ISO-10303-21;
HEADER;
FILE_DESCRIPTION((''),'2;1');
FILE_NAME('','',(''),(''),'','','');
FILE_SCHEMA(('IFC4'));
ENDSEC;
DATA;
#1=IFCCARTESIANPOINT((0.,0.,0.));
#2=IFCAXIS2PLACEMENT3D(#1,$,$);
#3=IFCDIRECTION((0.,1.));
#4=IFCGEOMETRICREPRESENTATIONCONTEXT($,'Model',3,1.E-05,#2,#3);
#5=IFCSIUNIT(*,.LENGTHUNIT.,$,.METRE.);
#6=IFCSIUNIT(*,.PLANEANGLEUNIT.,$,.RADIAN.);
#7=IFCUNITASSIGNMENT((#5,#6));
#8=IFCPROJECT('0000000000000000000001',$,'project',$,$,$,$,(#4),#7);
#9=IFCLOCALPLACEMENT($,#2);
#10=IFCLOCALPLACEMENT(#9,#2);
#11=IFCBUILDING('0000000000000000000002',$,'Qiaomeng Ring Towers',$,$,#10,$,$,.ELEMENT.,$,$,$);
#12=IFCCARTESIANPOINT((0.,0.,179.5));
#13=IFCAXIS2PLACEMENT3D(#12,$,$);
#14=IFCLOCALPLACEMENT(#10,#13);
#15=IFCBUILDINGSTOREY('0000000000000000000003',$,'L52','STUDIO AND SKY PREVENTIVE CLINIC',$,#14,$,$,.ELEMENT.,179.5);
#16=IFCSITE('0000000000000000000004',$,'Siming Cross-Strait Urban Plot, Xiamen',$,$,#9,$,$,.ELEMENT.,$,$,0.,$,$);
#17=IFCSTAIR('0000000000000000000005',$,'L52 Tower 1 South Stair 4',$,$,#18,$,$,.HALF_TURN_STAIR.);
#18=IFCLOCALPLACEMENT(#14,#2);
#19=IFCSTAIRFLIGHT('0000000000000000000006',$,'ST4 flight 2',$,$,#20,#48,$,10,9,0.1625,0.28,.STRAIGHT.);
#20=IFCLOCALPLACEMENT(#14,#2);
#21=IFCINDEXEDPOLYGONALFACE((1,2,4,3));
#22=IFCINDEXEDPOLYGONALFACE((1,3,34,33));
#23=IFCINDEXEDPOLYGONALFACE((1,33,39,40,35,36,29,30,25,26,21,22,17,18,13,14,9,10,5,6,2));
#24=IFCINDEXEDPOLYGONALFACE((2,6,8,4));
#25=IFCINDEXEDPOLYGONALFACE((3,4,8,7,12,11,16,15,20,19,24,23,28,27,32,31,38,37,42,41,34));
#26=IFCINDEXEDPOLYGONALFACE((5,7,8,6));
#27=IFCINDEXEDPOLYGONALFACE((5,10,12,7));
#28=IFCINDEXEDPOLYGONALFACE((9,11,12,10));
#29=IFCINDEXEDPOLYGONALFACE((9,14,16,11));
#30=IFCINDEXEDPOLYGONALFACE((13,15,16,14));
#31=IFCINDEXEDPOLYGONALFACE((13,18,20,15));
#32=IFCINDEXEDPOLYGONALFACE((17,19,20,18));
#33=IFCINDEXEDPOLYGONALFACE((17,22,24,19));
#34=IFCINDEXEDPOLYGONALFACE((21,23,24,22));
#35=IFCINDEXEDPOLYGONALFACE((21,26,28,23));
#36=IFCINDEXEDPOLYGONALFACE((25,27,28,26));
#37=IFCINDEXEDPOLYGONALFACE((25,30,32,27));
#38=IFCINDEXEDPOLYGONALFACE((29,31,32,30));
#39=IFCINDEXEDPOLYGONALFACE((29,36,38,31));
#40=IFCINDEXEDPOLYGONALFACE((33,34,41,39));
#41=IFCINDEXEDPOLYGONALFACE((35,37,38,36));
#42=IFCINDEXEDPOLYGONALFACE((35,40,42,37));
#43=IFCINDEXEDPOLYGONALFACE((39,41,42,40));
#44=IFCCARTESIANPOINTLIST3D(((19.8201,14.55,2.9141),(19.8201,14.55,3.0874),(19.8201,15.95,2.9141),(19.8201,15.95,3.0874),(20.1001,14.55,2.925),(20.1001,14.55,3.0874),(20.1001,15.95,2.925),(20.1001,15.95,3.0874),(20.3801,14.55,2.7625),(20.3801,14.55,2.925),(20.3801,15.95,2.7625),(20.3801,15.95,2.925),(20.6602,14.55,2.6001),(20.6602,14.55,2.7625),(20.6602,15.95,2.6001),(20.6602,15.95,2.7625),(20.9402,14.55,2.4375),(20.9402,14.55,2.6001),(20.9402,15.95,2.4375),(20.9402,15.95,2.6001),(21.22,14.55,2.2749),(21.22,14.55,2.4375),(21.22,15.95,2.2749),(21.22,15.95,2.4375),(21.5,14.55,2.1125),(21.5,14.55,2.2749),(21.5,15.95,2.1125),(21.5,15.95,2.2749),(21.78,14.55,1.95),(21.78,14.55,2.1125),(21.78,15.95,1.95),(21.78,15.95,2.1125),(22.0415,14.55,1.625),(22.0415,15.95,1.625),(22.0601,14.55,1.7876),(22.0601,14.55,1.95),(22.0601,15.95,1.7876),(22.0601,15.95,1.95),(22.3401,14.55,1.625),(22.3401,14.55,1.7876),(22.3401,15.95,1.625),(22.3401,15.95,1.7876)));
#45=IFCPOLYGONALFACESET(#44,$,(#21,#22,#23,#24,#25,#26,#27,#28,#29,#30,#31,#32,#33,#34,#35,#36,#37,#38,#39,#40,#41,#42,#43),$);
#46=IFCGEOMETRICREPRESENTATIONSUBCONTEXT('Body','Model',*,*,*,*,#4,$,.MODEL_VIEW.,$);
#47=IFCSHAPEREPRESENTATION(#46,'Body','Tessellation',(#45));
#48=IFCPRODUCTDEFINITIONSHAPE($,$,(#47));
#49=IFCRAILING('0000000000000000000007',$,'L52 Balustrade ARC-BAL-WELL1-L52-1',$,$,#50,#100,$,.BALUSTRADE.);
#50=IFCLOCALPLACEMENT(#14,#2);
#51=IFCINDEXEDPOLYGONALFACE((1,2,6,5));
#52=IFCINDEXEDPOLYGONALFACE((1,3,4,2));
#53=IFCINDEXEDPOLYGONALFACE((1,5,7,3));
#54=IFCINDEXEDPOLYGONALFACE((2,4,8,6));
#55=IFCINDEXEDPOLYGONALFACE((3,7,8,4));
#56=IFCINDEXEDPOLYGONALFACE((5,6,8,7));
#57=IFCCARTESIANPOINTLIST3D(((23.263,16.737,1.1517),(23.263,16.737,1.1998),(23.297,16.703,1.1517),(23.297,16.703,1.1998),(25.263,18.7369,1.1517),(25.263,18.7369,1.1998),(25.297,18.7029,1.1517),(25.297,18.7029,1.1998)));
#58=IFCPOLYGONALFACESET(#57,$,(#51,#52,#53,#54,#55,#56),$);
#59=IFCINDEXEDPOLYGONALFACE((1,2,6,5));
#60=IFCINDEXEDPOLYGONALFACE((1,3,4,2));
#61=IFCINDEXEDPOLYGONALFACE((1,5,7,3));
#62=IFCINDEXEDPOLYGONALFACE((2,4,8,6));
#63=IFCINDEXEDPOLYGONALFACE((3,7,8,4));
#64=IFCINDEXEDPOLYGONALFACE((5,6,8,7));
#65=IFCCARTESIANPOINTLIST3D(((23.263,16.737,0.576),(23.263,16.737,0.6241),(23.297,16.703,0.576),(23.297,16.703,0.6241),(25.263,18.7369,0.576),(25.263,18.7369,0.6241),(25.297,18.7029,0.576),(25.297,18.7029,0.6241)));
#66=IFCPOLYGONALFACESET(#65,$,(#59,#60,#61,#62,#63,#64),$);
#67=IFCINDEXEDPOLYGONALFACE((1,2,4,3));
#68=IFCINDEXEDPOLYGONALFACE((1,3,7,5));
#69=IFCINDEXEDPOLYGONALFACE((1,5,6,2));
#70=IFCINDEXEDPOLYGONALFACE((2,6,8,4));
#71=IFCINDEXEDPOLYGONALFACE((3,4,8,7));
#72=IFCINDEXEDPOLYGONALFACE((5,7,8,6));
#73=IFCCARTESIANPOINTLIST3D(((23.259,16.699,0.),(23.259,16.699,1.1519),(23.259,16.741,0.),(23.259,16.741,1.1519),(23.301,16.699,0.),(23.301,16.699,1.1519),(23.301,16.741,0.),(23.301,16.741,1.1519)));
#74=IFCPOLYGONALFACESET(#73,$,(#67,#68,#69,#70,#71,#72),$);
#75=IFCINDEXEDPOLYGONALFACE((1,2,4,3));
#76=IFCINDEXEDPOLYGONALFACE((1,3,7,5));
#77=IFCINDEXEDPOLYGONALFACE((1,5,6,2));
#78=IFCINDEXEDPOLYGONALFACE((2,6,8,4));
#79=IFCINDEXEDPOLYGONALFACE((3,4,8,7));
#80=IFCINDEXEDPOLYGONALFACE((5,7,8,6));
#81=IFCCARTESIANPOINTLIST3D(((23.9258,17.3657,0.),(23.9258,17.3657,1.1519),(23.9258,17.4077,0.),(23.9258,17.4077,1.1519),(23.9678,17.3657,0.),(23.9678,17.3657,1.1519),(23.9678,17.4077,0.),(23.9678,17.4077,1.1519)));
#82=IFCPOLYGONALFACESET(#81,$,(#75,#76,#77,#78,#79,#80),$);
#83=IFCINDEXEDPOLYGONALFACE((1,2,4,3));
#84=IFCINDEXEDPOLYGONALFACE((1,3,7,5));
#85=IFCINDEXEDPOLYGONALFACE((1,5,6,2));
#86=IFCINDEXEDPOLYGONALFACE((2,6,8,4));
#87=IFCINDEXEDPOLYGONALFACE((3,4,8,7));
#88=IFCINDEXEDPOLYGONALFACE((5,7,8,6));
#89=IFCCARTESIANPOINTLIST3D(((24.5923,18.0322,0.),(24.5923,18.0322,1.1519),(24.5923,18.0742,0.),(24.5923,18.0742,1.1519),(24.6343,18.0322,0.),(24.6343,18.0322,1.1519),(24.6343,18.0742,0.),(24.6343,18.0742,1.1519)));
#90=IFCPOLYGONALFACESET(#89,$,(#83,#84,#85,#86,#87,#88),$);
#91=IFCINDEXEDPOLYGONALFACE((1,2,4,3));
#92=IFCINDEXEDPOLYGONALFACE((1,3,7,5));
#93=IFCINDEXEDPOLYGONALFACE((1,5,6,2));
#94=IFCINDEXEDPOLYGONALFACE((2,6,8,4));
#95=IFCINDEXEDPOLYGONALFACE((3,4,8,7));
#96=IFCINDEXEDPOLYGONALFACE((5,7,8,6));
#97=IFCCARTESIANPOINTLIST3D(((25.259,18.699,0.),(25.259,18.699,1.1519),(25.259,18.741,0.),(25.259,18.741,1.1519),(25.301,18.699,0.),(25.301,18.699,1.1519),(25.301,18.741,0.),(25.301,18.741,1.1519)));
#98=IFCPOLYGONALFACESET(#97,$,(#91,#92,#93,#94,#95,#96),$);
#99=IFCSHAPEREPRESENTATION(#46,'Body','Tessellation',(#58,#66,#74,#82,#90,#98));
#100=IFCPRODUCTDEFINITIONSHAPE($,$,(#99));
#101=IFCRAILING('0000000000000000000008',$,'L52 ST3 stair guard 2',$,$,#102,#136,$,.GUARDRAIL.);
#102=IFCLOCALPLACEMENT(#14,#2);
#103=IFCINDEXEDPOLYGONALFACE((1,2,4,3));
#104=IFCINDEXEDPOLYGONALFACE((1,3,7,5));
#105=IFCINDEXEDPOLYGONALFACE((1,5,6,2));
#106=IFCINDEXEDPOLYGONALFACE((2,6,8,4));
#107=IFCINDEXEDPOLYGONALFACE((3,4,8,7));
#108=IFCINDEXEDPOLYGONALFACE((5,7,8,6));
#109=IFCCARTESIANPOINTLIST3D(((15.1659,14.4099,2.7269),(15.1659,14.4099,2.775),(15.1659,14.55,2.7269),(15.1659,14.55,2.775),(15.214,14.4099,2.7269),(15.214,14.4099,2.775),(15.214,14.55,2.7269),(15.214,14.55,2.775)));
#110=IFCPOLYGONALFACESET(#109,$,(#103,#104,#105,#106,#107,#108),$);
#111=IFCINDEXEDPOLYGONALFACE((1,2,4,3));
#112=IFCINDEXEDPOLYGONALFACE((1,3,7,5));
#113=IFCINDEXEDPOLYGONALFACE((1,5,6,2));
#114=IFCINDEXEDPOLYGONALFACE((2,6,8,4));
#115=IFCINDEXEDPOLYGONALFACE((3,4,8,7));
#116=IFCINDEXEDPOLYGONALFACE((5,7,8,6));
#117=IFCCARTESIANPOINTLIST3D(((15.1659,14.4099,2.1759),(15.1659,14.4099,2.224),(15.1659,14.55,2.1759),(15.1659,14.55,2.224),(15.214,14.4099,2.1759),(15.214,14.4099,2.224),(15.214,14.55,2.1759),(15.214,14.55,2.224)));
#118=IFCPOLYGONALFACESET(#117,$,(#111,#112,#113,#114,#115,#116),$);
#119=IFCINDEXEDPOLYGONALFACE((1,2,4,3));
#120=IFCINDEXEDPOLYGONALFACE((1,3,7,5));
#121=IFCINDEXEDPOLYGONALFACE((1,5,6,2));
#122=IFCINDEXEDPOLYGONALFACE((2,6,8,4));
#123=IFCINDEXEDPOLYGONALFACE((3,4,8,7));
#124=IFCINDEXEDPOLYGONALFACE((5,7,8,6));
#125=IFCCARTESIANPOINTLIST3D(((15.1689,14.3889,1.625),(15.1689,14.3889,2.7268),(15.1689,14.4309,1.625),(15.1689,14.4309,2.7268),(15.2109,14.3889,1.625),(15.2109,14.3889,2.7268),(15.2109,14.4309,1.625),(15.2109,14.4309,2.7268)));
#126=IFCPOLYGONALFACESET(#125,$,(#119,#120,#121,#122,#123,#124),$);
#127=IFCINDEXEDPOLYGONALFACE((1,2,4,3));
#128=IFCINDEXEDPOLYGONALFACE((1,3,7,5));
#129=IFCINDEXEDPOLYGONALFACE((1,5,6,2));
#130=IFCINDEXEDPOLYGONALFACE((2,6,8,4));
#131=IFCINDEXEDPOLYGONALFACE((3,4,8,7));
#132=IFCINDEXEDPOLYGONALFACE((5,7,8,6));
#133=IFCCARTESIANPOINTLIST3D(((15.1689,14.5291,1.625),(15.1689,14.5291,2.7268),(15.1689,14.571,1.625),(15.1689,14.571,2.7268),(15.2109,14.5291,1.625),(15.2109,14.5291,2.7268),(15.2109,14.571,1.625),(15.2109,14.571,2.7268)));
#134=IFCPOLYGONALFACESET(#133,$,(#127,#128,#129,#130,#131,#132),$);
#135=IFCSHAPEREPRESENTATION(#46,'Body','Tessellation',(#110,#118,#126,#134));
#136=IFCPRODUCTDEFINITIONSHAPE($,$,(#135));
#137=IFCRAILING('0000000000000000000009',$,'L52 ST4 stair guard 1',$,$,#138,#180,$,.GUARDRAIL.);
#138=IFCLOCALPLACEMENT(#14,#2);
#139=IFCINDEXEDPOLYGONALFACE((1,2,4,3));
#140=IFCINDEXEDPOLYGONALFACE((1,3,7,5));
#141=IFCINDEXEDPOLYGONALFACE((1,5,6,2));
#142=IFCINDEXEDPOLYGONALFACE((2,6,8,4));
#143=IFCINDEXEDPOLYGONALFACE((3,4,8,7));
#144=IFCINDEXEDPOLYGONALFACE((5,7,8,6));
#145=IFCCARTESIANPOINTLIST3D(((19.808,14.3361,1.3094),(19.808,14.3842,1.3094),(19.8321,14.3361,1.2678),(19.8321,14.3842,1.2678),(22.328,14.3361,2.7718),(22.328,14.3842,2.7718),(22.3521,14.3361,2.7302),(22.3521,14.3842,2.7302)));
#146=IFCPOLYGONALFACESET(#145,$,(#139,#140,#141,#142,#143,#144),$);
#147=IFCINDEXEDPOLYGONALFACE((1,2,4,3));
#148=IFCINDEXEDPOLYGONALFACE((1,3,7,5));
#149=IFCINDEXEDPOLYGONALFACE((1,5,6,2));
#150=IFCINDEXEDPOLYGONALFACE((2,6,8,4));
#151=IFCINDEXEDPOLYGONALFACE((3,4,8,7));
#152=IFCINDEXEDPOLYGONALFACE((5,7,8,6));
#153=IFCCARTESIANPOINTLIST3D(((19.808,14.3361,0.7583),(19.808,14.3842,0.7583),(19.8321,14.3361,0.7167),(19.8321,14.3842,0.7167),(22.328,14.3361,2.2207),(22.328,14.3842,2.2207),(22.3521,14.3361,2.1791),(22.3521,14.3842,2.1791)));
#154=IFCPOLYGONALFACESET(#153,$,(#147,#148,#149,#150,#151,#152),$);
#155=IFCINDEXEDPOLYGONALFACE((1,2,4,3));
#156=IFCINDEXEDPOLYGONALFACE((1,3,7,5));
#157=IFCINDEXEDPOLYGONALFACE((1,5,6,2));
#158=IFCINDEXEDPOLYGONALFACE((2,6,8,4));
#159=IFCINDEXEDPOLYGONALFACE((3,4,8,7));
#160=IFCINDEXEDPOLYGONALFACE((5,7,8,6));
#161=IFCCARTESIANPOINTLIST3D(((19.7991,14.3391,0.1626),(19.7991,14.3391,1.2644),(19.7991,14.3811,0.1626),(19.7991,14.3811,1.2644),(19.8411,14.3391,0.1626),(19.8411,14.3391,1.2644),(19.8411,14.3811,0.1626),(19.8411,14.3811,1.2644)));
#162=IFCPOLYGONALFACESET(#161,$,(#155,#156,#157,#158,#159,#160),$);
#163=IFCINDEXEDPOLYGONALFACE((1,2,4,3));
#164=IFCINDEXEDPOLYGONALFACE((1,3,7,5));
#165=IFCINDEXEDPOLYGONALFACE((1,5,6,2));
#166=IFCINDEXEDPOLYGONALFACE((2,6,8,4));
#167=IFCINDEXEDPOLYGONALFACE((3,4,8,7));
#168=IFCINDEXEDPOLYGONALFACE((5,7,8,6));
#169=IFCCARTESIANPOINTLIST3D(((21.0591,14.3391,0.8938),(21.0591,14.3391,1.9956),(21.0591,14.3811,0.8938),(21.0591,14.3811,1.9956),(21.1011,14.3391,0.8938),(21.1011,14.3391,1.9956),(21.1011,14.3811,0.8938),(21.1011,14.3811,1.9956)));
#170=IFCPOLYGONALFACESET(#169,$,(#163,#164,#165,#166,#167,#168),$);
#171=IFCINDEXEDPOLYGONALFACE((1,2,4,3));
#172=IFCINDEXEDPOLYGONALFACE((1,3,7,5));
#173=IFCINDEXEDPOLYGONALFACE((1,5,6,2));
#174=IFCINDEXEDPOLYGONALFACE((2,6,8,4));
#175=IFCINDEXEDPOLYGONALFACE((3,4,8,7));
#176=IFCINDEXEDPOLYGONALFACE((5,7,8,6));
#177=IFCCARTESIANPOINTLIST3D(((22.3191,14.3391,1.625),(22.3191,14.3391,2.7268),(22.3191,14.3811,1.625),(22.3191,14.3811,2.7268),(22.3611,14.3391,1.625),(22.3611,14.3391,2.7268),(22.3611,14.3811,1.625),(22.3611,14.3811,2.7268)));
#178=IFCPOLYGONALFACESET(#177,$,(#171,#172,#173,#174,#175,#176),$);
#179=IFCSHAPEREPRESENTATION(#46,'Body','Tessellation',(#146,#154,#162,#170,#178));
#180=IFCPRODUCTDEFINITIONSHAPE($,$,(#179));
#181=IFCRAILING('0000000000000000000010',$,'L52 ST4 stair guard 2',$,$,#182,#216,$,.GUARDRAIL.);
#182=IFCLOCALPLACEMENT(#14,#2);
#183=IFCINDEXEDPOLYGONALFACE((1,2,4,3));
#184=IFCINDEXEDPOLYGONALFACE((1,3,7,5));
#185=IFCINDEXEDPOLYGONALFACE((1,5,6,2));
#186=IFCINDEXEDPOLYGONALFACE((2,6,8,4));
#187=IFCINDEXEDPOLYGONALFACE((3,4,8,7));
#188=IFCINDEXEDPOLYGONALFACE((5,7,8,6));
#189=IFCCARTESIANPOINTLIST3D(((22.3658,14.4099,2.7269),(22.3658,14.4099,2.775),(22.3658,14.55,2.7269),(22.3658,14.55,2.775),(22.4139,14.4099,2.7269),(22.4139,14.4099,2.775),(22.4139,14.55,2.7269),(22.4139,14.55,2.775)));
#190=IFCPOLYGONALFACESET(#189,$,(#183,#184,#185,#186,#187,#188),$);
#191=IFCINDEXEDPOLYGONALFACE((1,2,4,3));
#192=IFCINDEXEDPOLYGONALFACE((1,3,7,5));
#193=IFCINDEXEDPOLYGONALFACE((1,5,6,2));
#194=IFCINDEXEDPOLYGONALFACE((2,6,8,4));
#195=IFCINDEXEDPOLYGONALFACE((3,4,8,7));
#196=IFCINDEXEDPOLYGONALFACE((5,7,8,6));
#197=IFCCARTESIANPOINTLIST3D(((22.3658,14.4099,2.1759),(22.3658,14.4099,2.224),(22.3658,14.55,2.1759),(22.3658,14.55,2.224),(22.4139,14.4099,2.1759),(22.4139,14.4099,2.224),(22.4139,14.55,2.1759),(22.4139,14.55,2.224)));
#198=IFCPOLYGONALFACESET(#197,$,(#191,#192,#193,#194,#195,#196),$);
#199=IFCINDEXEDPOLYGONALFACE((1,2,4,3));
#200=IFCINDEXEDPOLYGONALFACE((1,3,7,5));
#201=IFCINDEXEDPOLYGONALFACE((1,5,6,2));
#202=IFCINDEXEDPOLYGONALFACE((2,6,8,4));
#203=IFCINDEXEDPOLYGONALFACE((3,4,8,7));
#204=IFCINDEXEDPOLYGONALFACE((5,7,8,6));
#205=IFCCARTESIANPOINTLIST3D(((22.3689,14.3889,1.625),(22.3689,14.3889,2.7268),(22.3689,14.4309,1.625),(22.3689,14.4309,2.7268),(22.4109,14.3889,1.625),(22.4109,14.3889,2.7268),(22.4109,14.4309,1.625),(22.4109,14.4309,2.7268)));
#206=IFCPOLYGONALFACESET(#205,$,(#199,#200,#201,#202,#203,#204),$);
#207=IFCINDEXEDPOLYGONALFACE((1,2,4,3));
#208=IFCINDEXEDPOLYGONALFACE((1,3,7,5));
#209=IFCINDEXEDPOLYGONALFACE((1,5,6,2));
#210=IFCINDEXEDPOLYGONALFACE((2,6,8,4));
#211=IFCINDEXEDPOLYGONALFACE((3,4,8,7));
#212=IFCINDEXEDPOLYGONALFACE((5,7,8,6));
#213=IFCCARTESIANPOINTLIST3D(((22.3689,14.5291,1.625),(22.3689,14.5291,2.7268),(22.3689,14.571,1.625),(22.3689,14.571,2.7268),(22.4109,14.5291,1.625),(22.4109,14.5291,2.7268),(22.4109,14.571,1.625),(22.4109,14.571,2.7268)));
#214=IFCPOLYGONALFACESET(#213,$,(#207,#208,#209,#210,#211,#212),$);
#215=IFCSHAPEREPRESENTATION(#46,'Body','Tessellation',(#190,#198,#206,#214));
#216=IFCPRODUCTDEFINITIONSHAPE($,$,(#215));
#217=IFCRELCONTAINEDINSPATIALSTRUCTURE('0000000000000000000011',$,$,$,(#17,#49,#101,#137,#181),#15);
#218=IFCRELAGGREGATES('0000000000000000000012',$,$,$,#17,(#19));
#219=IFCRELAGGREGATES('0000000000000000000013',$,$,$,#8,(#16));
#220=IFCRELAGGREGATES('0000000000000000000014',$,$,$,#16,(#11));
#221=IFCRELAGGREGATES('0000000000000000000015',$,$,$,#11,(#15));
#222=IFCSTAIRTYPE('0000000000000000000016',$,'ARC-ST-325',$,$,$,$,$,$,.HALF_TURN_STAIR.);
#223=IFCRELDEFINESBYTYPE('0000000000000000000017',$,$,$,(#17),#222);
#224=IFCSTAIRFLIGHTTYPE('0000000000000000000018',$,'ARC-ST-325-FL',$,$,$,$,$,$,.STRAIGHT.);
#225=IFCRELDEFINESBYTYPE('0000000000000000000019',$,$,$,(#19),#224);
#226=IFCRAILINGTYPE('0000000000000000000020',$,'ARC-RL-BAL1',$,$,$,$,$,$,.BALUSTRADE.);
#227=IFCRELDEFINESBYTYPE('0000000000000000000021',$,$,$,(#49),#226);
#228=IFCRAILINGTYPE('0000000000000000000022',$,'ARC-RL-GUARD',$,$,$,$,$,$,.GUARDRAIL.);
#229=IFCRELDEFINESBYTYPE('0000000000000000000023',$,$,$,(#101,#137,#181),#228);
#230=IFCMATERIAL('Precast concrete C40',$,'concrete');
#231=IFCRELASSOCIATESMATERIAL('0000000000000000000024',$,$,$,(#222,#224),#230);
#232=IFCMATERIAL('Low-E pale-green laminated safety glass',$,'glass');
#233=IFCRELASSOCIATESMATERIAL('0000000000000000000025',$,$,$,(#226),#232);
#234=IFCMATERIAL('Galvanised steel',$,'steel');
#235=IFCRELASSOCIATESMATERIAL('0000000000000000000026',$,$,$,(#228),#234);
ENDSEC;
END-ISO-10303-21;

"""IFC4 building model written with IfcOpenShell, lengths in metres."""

from ifc_helpers import new_model, si_unit, direction, frame, origin, origin_2d, place, context, subcontext, project, spatial, polyline, rectangle, outline, extrude, source, transform, mapped, material, type_object, element, aggregate, save


model = new_model("IFC4")

# Units and contexts
model_context = context("Model", 3, precision=1e-05, world=origin(), true_north=direction((0.0, 1.0)))
body_context = subcontext(model_context, "Body", "Model", "MODEL_VIEW")
ifc_project = project(units=[si_unit("LENGTHUNIT", "METRE"), si_unit("PLANEANGLEUNIT", "RADIAN")], contexts=[model_context])

# Site, building, storey
site_placement = place(None, origin())
site = spatial("IfcSite", under=ifc_project, at=site_placement, Name="Siming Cross-Strait Urban Plot, Xiamen", CompositionType="ELEMENT", RefElevation=0.0)
building_placement = place(site_placement, origin())
building = spatial("IfcBuilding", under=site, at=building_placement, Name="Qiaomeng Ring Towers", CompositionType="ELEMENT")
storey_placement = place(building_placement, frame((0.0, 0.0, 179.5)))
storey = spatial("IfcBuildingStorey", under=building, at=storey_placement, Name="L52", Description="STUDIO AND SKY PREVENTIVE CLINIC", CompositionType="ELEMENT", Elevation=179.5)

# Shared definitions
ifc_material_1 = material(Name="Galvanised steel", Category="steel")

# Stair, stair flight
ifc_material_2 = material(Name="Precast concrete C40", Category="concrete")
stair_type = type_object("IfcStairType", Name="ARC-ST-325", PredefinedType="HALF_TURN_STAIR", material=ifc_material_2)
stair_placement = place(storey_placement, origin())
stair = element("IfcStair", 1, at=stair_placement, inside=storey, type_object=stair_type, Name="L52 Tower 1 South Stair 4", PredefinedType="HALF_TURN_STAIR")
stair_flight_type = type_object("IfcStairFlightType", Name="ARC-ST-325-FL", PredefinedType="STRAIGHT", material=ifc_material_2)
shared_shape_1 = source(origin(), body_context, "Body", "SweptSolid", [
    extrude(outline(polyline([(0.0, 0.0), (0.0, 0.1626), (0.28, 0.1626), (0.28, 0.325), (0.5601, 0.325), (0.5601, 0.4875), (0.8401, 0.4875), (0.8401, 0.6499), (1.1201, 0.6499), (1.1201, 0.8125), (1.3999, 0.8125), (1.3999, 0.9751), (1.6799, 0.9751), (1.6799, 1.1375), (1.96, 1.1375), (1.96, 1.3), (2.24, 1.3), (2.24, 1.4624), (2.52, 1.4624), (2.52, 1.625), (2.52, 1.2891), (0.2986, 0.0), (0.0, 0.0)])), frame((0.0, 0.7, 0.0), z_axis=(0.0, -1.0, 0.0), x_axis=(1.0, 0.0, 0.0)), (0.0, 0.0, 1.0), 1.3999),
])
stair_flight_1_placement = place(storey_placement, frame((22.3401, 15.25, 1.625), z_axis=(0.0, 0.0, 1.0), x_axis=(-1.0, 0.0, 0.0)))
stair_flight_1 = element("IfcStairFlight", 2, at=stair_flight_1_placement, type_object=stair_flight_type, Name="ST4 flight 2", NumberOfRisers=10, NumberOfTreads=9, PredefinedType="STRAIGHT", RiserHeight=0.1625, TreadLength=0.28, context=body_context, shape_type="MappedRepresentation", body=[
    mapped(shared_shape_1, transform((0.0, 0.0, 0.0), x_axis=(1.0, 0.0, 0.0), y_axis=(0.0, 1.0, 0.0), z_axis=(0.0, 0.0, 1.0), scale=1.0)),
])
aggregate(stair, [stair_flight_1])

# Railings
ifc_material_3 = material(Name="Low-E pale-green laminated safety glass", Category="glass")
railing_type_1 = type_object("IfcRailingType", Name="ARC-RL-BAL1", PredefinedType="BALUSTRADE", material=ifc_material_3)
railing_1_placement = place(storey_placement, frame((23.28, 16.72, 0.0)))
element("IfcRailing", 3, at=railing_1_placement, inside=storey, type_object=railing_type_1, Name="L52 Balustrade ARC-BAL-WELL1-L52-1", PredefinedType="BALUSTRADE", context=body_context, shape_type="SweptSolid", body=[
    extrude(rectangle(XDim=0.0481, YDim=0.0481, at=origin_2d()), frame((0.0, 0.0, 1.1758), z_axis=(0.707107, 0.707107, 0.0), x_axis=(-0.707107, 0.707107, 0.0)), (0.0, 0.0, 1.0), 2.8284),
    extrude(rectangle(XDim=0.0481, YDim=0.0481, at=origin_2d()), frame((0.0, 0.0, 0.6001), z_axis=(0.707107, 0.707107, 0.0), x_axis=(-0.707107, 0.707107, 0.0)), (0.0, 0.0, 1.0), 2.8284),
    extrude(rectangle(XDim=0.042, YDim=0.042, at=origin_2d()), origin(), (0.0, 0.0, 1.0), 1.1519),
    extrude(rectangle(XDim=0.042, YDim=0.042, at=origin_2d()), frame((0.6667, 0.6667, 0.0)), (0.0, 0.0, 1.0), 1.1519),
    extrude(rectangle(XDim=0.042, YDim=0.042, at=origin_2d()), frame((1.3333, 1.3333, 0.0)), (0.0, 0.0, 1.0), 1.1519),
    extrude(rectangle(XDim=0.042, YDim=0.042, at=origin_2d()), frame((2.0, 2.0, 0.0)), (0.0, 0.0, 1.0), 1.1519),
])
railing_type_2 = type_object("IfcRailingType", Name="ARC-RL-GUARD", PredefinedType="GUARDRAIL", material=ifc_material_1)
railing_2_placement = place(storey_placement, frame((15.1899, 14.4099, 1.625)))
element("IfcRailing", 4, at=railing_2_placement, inside=storey, type_object=railing_type_2, Name="L52 ST3 stair guard 2", PredefinedType="GUARDRAIL", context=body_context, shape_type="SweptSolid", body=[
    extrude(rectangle(XDim=0.0481, YDim=0.0481, at=origin_2d()), frame((0.0, 0.0, 1.126), z_axis=(0.0, 1.0, 0.0), x_axis=(-1.0, 0.0, 0.0)), (0.0, 0.0, 1.0), 0.1401),
    extrude(rectangle(XDim=0.0481, YDim=0.0481, at=origin_2d()), frame((0.0, 0.0, 0.575), z_axis=(0.0, 1.0, 0.0), x_axis=(-1.0, 0.0, 0.0)), (0.0, 0.0, 1.0), 0.1401),
    extrude(rectangle(XDim=0.042, YDim=0.042, at=origin_2d()), origin(), (0.0, 0.0, 1.0), 1.1018),
    extrude(rectangle(XDim=0.042, YDim=0.042, at=origin_2d()), frame((0.0, 0.1401, 0.0)), (0.0, 0.0, 1.0), 1.1018),
])
railing_3_placement = place(storey_placement, frame((19.8201, 14.3601, 0.1626)))
element("IfcRailing", 5, at=railing_3_placement, inside=storey, type_object=railing_type_2, Name="L52 ST4 stair guard 1", PredefinedType="GUARDRAIL", context=body_context, shape_type="SweptSolid", body=[
    extrude(rectangle(XDim=0.0481, YDim=0.0481, at=origin_2d()), frame((0.0, 0.0, 1.126), z_axis=(0.864913, 0.0, 0.501921), x_axis=(0.0, 1.0, 0.0)), (0.0, 0.0, 1.0), 2.9136),
    extrude(rectangle(XDim=0.0481, YDim=0.0481, at=origin_2d()), frame((0.0, 0.0, 0.575), z_axis=(0.864913, 0.0, 0.501921), x_axis=(0.0, 1.0, 0.0)), (0.0, 0.0, 1.0), 2.9136),
    extrude(rectangle(XDim=0.042, YDim=0.042, at=origin_2d()), origin(), (0.0, 0.0, 1.0), 1.1018),
    extrude(rectangle(XDim=0.042, YDim=0.042, at=origin_2d()), frame((1.26, 0.0, 0.7312)), (0.0, 0.0, 1.0), 1.1018),
    extrude(rectangle(XDim=0.042, YDim=0.042, at=origin_2d()), frame((2.52, 0.0, 1.4624)), (0.0, 0.0, 1.0), 1.1018),
])
railing_4_placement = place(storey_placement, frame((22.3899, 14.4099, 1.625)))
element("IfcRailing", 6, at=railing_4_placement, inside=storey, type_object=railing_type_2, Name="L52 ST4 stair guard 2", PredefinedType="GUARDRAIL", context=body_context, shape_type="SweptSolid", body=[
    extrude(rectangle(XDim=0.0481, YDim=0.0481, at=origin_2d()), frame((0.0, 0.0, 1.126), z_axis=(0.0, 1.0, 0.0), x_axis=(-1.0, 0.0, 0.0)), (0.0, 0.0, 1.0), 0.1401),
    extrude(rectangle(XDim=0.0481, YDim=0.0481, at=origin_2d()), frame((0.0, 0.0, 0.575), z_axis=(0.0, 1.0, 0.0), x_axis=(-1.0, 0.0, 0.0)), (0.0, 0.0, 1.0), 0.1401),
    extrude(rectangle(XDim=0.042, YDim=0.042, at=origin_2d()), origin(), (0.0, 0.0, 1.0), 1.1018),
    extrude(rectangle(XDim=0.042, YDim=0.042, at=origin_2d()), frame((0.0, 0.1401, 0.0)), (0.0, 0.0, 1.0), 1.1018),
])

save(model, "model.ifc")
